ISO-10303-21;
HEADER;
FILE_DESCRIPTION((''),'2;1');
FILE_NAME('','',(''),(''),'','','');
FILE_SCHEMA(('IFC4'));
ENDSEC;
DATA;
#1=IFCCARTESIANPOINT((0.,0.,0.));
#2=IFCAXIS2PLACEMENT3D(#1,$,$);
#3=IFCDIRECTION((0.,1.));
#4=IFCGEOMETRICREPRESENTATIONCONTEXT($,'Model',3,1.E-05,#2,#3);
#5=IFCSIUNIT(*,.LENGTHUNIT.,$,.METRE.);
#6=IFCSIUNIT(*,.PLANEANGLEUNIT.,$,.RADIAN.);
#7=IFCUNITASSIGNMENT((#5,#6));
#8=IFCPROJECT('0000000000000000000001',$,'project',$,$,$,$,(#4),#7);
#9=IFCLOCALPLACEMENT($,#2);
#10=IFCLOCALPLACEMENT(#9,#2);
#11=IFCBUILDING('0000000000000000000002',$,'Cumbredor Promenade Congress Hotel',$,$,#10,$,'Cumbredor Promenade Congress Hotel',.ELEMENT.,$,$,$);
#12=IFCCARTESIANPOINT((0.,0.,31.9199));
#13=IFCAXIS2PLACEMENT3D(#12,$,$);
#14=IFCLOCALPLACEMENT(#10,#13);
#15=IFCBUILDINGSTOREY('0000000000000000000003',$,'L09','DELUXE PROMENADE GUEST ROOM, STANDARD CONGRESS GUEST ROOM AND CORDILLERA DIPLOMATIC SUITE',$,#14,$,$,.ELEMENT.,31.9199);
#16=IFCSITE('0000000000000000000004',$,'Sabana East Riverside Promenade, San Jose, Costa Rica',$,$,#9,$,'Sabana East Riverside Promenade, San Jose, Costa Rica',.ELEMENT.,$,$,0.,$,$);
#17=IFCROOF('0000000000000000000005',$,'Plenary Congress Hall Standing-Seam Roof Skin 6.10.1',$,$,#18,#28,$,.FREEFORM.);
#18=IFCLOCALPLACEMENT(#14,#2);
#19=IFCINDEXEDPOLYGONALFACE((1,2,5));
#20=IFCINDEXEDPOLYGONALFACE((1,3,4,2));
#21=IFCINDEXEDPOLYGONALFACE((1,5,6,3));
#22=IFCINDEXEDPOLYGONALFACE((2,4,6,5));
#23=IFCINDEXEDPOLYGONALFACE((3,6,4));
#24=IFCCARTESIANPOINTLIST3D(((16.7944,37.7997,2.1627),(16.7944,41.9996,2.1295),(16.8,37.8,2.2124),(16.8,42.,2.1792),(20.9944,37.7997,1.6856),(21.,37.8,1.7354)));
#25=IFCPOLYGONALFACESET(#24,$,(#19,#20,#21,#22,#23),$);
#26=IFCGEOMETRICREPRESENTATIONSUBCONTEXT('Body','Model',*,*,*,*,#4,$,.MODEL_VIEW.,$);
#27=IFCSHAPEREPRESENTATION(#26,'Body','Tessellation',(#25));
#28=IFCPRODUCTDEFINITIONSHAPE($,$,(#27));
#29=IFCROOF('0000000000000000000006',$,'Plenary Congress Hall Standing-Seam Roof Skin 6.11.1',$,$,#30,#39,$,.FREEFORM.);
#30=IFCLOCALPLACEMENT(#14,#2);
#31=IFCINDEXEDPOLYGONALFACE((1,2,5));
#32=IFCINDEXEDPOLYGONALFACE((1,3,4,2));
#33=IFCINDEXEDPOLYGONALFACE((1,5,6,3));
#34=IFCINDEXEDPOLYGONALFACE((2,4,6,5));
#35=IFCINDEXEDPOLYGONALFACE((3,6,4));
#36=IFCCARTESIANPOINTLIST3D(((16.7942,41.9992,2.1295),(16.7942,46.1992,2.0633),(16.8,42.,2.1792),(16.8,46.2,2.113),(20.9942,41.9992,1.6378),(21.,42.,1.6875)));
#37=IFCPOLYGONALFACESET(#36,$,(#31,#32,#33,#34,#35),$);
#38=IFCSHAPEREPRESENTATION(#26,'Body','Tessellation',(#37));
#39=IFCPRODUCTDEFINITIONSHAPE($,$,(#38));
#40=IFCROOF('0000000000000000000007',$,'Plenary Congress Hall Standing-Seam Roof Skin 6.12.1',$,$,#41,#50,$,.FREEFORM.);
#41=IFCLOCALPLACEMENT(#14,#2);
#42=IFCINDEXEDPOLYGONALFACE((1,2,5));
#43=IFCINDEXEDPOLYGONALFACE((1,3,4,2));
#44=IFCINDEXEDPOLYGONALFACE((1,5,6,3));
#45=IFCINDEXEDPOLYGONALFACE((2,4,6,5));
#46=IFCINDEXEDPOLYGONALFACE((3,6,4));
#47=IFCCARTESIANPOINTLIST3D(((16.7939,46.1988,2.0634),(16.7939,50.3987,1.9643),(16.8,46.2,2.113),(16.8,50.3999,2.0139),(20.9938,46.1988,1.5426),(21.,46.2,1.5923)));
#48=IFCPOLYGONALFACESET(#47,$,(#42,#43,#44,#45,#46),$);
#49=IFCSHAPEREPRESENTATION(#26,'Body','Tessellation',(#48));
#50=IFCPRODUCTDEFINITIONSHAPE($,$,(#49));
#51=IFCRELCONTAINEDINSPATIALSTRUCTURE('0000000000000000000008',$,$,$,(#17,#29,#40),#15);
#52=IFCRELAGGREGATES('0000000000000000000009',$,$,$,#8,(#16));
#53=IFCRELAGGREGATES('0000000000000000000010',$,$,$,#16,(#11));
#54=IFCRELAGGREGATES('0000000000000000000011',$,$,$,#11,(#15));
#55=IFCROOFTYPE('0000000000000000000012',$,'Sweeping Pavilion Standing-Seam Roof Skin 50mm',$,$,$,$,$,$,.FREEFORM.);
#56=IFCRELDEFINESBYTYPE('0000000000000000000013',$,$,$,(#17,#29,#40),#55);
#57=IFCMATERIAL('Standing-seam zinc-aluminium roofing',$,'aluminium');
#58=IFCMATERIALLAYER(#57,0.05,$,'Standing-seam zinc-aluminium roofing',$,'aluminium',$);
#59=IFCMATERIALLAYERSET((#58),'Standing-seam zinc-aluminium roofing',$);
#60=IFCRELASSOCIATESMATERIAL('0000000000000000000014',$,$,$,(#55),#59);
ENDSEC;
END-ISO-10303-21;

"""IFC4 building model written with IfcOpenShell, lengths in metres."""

from ifc_helpers import new_model, si_unit, direction, frame, origin, place, context, subcontext, project, spatial, polyline, outline, extrude, material, layer, layer_set, type_object, element, save


model = new_model("IFC4")

# Units and contexts
model_context = context("Model", 3, precision=1e-05, world=origin(), true_north=direction((0.0, 1.0)))
body_context = subcontext(model_context, "Body", "Model", "MODEL_VIEW")
ifc_project = project(units=[si_unit("LENGTHUNIT", "METRE"), si_unit("PLANEANGLEUNIT", "RADIAN")], contexts=[model_context])

# Site, building, storey
site_placement = place(None, origin())
site = spatial("IfcSite", under=ifc_project, at=site_placement, Name="Sabana East Riverside Promenade, San Jose, Costa Rica", LongName="Sabana East Riverside Promenade, San Jose, Costa Rica", CompositionType="ELEMENT", RefElevation=0.0)
building_placement = place(site_placement, origin())
building = spatial("IfcBuilding", under=site, at=building_placement, Name="Cumbredor Promenade Congress Hotel", LongName="Cumbredor Promenade Congress Hotel", CompositionType="ELEMENT")
storey_placement = place(building_placement, frame((0.0, 0.0, 31.9199)))
storey = spatial("IfcBuildingStorey", under=building, at=storey_placement, Name="L09", Description="DELUXE PROMENADE GUEST ROOM, STANDARD CONGRESS GUEST ROOM AND CORDILLERA DIPLOMATIC SUITE", CompositionType="ELEMENT", Elevation=31.9199)

# Roofs
ifc_material_1 = material(Name="Standing-seam zinc-aluminium roofing", Category="aluminium")
ifc_layer_1 = layer(ifc_material_1, 0.05, Name="Standing-seam zinc-aluminium roofing", Category="aluminium")
ifc_layer_set_1 = layer_set([ifc_layer_1], Name="Standing-seam zinc-aluminium roofing")
roof_type = type_object("IfcRoofType", Name="Sweeping Pavilion Standing-Seam Roof Skin 50mm", PredefinedType="FREEFORM", material=ifc_layer_set_1)
roof_1_placement = place(storey_placement, frame((16.8, 37.8, 2.2124), z_axis=(0.112856, 0.007855, 0.99358), x_axis=(0.993611, 0.0, -0.112859)))
element("IfcRoof", 1, at=roof_1_placement, inside=storey, type_object=roof_type, Name="Plenary Congress Hall Standing-Seam Roof Skin 6.10.1", PredefinedType="FREEFORM", context=body_context, shape_type="SweptSolid", body=[
    extrude(outline(polyline([(0.0, 0.0), (4.227, 0.0), (0.0037, 4.2001), (0.0, 0.0)])), origin(), (0.0, 0.0, -1.0), 0.05),
])
roof_2_placement = place(storey_placement, frame((16.8, 42.0, 2.1792), z_axis=(0.116264, 0.015644, 0.993095), x_axis=(0.993217, 0.0, -0.116278)))
element("IfcRoof", 2, at=roof_2_placement, inside=storey, type_object=roof_type, Name="Plenary Congress Hall Standing-Seam Roof Skin 6.11.1", PredefinedType="FREEFORM", context=body_context, shape_type="SweptSolid", body=[
    extrude(outline(polyline([(0.0, 0.0), (4.2286, 0.0), (0.0077, 4.2005), (0.0, 0.0)])), origin(), (0.0, 0.0, -1.0), 0.05),
])
roof_3_placement = place(storey_placement, frame((16.8, 46.2, 2.113), z_axis=(0.123014, 0.023415, 0.992129), x_axis=(0.992401, 0.0, -0.123048)))
element("IfcRoof", 3, at=roof_3_placement, inside=storey, type_object=roof_type, Name="Plenary Congress Hall Standing-Seam Roof Skin 6.12.1", PredefinedType="FREEFORM", context=body_context, shape_type="SweptSolid", body=[
    extrude(outline(polyline([(0.0, 0.0), (4.2321, 0.0), (0.0122, 4.2011), (0.0, 0.0)])), origin(), (0.0, 0.0, -1.0), 0.05),
])

save(model, "model.ifc")
